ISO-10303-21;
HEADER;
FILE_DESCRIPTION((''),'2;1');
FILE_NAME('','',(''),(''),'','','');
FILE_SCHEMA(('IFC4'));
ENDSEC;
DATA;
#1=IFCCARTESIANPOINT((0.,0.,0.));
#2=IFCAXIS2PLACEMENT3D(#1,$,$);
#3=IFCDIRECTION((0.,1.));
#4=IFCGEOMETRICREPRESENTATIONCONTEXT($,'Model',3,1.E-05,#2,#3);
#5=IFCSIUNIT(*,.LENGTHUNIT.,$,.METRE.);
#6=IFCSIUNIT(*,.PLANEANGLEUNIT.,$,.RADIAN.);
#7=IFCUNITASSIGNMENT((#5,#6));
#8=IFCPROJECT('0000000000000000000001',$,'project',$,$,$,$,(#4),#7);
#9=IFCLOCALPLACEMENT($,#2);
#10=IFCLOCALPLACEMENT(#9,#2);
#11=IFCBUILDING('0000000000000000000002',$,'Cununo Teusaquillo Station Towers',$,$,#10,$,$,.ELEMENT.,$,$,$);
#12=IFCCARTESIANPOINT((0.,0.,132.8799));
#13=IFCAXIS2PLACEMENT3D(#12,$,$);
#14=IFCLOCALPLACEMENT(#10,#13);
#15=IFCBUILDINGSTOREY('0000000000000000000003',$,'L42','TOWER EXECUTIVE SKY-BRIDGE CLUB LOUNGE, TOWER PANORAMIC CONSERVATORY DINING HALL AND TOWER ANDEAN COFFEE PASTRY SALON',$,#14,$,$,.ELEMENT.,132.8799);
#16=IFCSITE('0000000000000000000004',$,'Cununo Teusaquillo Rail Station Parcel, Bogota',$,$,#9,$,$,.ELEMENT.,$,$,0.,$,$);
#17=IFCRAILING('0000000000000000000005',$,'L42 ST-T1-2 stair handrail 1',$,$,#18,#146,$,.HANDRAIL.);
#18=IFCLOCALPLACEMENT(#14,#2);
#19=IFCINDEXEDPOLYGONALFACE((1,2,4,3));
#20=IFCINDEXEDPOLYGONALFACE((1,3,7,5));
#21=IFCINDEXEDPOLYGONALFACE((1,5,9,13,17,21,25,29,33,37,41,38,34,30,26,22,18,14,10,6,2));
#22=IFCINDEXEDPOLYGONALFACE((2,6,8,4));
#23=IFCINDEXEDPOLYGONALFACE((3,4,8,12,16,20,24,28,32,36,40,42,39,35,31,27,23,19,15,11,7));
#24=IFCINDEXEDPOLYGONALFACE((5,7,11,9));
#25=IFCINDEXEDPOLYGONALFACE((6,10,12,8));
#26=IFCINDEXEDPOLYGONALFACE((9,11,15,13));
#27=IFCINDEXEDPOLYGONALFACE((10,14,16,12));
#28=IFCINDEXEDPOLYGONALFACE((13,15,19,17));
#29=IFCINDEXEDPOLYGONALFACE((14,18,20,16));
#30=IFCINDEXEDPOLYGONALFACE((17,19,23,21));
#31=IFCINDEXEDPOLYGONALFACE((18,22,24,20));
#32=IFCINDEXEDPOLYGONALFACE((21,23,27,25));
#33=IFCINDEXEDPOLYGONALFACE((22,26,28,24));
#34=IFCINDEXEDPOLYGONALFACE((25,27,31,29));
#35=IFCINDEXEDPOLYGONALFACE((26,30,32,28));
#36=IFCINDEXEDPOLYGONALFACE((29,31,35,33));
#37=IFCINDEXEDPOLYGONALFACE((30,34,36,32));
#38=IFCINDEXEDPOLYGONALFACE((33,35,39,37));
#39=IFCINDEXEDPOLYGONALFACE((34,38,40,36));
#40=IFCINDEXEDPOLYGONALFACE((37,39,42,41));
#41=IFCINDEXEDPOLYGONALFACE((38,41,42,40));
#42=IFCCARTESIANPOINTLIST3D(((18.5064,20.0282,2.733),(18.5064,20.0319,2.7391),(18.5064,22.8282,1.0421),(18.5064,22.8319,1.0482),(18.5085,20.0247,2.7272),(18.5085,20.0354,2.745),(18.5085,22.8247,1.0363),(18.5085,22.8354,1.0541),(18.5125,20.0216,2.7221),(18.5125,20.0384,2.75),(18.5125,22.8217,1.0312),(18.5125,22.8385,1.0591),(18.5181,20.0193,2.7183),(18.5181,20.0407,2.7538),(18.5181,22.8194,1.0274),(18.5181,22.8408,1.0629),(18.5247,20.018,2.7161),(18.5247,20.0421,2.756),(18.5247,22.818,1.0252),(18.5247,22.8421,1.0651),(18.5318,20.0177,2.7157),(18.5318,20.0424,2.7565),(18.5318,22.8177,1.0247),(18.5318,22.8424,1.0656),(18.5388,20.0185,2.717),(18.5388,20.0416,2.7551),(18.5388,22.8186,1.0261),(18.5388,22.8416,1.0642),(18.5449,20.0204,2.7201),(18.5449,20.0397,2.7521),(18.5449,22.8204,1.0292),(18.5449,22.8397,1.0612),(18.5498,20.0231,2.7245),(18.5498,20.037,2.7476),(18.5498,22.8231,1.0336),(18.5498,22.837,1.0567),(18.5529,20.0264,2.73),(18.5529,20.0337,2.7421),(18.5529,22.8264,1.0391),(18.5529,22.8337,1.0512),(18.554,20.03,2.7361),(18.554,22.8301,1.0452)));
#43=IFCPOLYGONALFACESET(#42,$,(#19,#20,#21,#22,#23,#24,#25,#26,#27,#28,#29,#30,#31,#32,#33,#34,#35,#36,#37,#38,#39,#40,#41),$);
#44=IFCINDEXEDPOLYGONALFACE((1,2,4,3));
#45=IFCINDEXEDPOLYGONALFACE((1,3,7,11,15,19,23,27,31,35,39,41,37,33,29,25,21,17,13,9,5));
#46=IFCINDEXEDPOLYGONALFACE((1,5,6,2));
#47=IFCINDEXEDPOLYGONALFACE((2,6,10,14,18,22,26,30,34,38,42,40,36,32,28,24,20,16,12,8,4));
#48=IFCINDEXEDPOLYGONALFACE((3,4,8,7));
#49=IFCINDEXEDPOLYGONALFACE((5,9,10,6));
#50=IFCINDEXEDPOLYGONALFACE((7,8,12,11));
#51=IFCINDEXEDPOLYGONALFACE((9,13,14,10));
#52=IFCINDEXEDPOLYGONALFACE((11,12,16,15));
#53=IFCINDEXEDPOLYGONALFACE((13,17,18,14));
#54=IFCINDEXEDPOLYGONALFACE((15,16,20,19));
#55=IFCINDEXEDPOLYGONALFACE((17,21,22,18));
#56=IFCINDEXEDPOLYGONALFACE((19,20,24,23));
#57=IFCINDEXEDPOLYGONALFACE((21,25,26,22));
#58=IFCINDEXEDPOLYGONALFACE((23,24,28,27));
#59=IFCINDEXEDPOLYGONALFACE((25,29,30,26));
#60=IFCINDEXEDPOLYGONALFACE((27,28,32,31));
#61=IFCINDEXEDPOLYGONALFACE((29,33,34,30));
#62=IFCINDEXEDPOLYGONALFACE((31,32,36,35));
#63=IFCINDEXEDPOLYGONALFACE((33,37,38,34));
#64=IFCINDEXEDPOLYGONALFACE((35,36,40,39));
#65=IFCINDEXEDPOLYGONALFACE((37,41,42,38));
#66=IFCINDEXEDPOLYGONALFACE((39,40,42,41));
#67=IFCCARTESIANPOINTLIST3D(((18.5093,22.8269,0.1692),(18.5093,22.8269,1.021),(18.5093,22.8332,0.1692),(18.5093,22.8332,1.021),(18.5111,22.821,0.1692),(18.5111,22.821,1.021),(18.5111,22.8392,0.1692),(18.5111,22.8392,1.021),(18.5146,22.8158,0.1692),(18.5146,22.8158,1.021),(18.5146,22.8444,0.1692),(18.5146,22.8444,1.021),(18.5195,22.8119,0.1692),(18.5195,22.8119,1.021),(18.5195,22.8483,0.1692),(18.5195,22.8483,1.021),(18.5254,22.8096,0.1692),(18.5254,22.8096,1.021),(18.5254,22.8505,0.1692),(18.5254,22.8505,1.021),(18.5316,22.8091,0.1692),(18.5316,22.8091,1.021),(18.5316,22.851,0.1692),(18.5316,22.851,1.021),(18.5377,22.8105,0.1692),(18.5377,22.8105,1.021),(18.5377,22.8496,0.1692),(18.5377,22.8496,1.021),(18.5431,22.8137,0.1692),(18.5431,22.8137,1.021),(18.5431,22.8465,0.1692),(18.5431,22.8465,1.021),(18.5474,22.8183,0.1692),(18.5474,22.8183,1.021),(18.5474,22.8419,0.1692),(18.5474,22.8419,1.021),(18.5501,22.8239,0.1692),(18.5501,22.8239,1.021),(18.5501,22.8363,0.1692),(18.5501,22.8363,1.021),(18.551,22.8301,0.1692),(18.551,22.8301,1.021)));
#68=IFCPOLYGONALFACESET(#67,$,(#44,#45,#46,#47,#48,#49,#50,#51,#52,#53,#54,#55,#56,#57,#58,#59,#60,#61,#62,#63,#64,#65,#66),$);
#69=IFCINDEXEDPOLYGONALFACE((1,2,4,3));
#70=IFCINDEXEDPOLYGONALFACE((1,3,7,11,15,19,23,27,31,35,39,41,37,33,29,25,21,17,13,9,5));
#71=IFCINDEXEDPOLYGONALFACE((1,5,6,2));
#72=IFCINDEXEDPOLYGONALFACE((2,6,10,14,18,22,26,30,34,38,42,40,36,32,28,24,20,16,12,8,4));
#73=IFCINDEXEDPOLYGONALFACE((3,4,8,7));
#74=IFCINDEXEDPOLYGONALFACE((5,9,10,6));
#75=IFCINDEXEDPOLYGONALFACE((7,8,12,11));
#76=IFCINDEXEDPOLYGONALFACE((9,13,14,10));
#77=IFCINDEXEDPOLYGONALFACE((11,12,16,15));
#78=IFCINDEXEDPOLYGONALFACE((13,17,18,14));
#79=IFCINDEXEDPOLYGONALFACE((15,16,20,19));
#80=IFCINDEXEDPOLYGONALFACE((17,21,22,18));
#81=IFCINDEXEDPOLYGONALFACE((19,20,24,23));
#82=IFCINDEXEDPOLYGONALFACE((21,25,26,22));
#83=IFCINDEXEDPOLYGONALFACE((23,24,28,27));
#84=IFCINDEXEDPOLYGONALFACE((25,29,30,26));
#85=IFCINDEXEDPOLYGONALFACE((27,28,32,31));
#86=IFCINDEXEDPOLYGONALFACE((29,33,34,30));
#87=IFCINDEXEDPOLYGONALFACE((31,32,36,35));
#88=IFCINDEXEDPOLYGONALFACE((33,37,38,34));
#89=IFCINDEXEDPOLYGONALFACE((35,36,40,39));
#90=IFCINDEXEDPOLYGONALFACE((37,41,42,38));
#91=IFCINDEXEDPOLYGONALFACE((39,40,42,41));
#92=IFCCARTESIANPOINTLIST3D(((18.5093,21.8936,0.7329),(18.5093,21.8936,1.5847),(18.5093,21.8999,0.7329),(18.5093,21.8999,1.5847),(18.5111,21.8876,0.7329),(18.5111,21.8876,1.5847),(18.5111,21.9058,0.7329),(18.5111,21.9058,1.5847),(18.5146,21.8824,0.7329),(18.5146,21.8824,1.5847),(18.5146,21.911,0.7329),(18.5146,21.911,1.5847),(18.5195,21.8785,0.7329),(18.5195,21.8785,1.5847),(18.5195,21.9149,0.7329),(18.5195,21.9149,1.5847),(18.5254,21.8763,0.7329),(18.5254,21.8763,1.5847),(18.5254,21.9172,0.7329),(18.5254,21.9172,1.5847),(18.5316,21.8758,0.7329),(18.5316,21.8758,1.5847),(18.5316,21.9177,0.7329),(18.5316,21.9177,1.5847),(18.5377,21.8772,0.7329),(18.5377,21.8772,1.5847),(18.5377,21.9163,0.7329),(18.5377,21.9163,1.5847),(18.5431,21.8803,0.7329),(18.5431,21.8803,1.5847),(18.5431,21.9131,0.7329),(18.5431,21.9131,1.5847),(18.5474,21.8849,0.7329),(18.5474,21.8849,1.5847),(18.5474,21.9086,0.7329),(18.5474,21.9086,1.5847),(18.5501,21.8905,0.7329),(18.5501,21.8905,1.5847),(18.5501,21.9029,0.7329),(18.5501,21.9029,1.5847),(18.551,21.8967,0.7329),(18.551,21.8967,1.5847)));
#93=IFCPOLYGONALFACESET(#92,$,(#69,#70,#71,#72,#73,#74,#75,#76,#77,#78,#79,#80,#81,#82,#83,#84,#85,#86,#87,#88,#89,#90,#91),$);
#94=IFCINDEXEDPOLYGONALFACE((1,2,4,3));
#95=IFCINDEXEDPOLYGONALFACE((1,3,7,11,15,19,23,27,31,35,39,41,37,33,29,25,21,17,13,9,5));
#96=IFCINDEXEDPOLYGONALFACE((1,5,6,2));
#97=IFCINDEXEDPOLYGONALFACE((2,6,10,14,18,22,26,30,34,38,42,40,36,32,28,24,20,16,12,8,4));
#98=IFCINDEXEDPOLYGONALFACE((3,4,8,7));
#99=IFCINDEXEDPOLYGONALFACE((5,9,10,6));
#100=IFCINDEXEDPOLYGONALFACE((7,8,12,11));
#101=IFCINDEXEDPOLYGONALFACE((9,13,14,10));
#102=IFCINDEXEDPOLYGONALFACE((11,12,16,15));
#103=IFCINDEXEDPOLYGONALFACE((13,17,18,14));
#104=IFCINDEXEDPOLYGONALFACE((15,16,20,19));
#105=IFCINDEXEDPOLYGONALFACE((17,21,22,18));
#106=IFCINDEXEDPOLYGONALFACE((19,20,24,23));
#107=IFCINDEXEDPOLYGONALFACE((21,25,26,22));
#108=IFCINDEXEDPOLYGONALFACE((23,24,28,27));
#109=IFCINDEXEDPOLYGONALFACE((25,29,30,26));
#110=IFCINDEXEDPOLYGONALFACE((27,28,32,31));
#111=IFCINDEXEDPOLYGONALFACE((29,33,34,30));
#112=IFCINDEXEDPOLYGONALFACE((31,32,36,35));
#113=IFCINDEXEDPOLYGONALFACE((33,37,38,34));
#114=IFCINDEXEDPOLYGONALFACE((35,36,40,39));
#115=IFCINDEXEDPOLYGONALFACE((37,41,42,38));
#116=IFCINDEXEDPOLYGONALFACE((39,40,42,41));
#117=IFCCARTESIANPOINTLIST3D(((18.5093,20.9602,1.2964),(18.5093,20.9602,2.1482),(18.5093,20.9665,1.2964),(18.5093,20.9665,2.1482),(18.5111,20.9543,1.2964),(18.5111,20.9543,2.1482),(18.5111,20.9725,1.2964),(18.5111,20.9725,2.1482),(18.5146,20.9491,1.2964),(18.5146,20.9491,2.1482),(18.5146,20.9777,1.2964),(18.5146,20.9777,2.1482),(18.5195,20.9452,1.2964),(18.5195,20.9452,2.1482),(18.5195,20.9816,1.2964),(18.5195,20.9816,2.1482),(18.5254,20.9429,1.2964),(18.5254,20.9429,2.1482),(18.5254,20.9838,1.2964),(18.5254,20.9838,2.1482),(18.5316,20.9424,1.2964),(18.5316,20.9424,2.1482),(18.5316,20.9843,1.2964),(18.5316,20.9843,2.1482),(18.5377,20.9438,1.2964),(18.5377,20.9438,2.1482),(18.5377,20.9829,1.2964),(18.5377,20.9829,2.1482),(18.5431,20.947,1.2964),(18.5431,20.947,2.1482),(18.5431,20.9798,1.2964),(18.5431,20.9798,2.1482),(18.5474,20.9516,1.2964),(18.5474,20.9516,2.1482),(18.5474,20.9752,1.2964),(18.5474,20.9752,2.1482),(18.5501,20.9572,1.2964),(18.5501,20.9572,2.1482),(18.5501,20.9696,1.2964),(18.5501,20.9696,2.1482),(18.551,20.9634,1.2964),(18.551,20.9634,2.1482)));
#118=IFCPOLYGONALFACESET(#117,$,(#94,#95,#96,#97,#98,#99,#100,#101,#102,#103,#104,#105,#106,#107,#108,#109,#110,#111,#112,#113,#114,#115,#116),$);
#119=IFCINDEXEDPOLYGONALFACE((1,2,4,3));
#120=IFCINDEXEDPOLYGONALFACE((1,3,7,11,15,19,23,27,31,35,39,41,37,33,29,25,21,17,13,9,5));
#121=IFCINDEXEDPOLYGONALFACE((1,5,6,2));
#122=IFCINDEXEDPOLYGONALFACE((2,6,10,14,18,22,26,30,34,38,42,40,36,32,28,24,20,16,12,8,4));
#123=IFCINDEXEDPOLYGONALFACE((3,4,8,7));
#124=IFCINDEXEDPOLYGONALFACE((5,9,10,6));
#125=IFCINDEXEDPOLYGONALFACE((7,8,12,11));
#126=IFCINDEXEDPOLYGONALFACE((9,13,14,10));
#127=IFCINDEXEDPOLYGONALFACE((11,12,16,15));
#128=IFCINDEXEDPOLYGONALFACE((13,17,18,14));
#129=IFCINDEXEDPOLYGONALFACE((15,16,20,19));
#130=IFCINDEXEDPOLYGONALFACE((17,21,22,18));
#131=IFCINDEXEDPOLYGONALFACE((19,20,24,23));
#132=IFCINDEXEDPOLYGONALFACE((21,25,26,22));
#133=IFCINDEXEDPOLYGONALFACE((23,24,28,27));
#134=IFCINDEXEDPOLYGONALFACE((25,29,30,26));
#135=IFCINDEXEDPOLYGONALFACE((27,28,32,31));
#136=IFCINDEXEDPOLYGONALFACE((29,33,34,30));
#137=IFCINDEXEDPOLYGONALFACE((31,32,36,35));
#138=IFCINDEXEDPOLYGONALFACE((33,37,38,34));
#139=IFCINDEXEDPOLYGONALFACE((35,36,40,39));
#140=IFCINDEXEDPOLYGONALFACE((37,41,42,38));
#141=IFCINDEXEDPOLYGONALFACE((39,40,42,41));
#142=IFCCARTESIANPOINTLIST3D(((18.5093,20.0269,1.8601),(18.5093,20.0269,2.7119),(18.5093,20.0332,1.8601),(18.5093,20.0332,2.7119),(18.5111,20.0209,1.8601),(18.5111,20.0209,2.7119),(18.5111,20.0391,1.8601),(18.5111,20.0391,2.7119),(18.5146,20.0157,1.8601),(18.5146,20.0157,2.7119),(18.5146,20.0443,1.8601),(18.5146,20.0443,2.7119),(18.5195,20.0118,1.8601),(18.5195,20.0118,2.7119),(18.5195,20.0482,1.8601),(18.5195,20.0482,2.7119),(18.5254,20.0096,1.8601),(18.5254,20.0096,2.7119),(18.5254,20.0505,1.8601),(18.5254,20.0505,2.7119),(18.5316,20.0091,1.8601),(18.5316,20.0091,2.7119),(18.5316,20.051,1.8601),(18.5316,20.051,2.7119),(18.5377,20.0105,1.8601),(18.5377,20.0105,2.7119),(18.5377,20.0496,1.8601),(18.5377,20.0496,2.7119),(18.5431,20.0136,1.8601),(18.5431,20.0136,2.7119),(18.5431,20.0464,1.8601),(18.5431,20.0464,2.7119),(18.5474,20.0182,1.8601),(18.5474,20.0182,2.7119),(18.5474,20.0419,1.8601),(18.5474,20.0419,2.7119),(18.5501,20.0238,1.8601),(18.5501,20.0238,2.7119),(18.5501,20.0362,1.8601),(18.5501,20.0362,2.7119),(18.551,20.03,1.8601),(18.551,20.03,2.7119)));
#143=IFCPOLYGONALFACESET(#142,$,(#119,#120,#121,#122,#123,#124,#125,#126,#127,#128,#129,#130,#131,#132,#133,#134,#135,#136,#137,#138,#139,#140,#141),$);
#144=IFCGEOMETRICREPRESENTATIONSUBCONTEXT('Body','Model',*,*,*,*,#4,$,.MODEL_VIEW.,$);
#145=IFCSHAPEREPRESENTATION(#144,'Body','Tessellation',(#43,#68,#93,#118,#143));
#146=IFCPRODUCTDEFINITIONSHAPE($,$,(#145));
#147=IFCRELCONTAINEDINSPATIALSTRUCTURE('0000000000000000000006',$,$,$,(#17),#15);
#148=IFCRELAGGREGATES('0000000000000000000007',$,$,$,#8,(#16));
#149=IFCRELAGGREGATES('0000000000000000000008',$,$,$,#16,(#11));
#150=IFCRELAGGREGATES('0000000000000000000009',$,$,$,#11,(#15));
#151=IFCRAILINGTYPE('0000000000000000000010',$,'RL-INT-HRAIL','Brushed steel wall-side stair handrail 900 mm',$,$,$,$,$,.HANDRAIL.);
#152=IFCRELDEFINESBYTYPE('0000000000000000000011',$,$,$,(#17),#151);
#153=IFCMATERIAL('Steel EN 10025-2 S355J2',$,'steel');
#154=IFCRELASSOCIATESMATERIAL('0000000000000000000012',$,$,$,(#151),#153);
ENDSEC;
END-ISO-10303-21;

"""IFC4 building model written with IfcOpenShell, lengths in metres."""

from ifc_helpers import new_model, si_unit, direction, frame, origin, origin_2d, place, context, subcontext, project, spatial, circle, extrude, material, type_object, element, save


model = new_model("IFC4")

# Units and contexts
model_context = context("Model", 3, precision=1e-05, world=origin(), true_north=direction((0.0, 1.0)))
body_context = subcontext(model_context, "Body", "Model", "MODEL_VIEW")
ifc_project = project(units=[si_unit("LENGTHUNIT", "METRE"), si_unit("PLANEANGLEUNIT", "RADIAN")], contexts=[model_context])

# Site, building, storey
site_placement = place(None, origin())
site = spatial("IfcSite", under=ifc_project, at=site_placement, Name="Cununo Teusaquillo Rail Station Parcel, Bogota", CompositionType="ELEMENT", RefElevation=0.0)
building_placement = place(site_placement, origin())
building = spatial("IfcBuilding", under=site, at=building_placement, Name="Cununo Teusaquillo Station Towers", CompositionType="ELEMENT")
storey_placement = place(building_placement, frame((0.0, 0.0, 132.8799)))
storey = spatial("IfcBuildingStorey", under=building, at=storey_placement, Name="L42", Description="TOWER EXECUTIVE SKY-BRIDGE CLUB LOUNGE, TOWER PANORAMIC CONSERVATORY DINING HALL AND TOWER ANDEAN COFFEE PASTRY SALON", CompositionType="ELEMENT", Elevation=132.8799)

# Railing
ifc_material_1 = material(Name="Steel EN 10025-2 S355J2", Category="steel")
railing_type_1 = type_object("IfcRailingType", Name="RL-INT-HRAIL", Description="Brushed steel wall-side stair handrail 900 mm", PredefinedType="HANDRAIL", material=ifc_material_1)
railing_1_placement = place(storey_placement, frame((18.53, 22.8301, 0.1692)))
element("IfcRailing", 1, at=railing_1_placement, inside=storey, type_object=railing_type_1, Name="L42 ST-T1-2 stair handrail 1", PredefinedType="HANDRAIL", context=body_context, shape_type="SweptSolid", body=[
    extrude(circle(Radius=0.0239, at=origin_2d()), frame((0.0, 0.0, 0.876), z_axis=(0.0, -0.856021, 0.516941), x_axis=(1.0, 0.0, 0.0)), (0.0, 0.0, 1.0), 3.271),
    extrude(circle(Radius=0.021, at=origin_2d()), origin(), (0.0, 0.0, 1.0), 0.8518),
    extrude(circle(Radius=0.021, at=origin_2d()), frame((0.0, -0.9333, 0.5637)), (0.0, 0.0, 1.0), 0.8518),
    extrude(circle(Radius=0.021, at=origin_2d()), frame((0.0, -1.8667, 1.1272)), (0.0, 0.0, 1.0), 0.8518),
    extrude(circle(Radius=0.021, at=origin_2d()), frame((0.0, -2.8, 1.6909)), (0.0, 0.0, 1.0), 0.8518),
])

save(model, "model.ifc")
